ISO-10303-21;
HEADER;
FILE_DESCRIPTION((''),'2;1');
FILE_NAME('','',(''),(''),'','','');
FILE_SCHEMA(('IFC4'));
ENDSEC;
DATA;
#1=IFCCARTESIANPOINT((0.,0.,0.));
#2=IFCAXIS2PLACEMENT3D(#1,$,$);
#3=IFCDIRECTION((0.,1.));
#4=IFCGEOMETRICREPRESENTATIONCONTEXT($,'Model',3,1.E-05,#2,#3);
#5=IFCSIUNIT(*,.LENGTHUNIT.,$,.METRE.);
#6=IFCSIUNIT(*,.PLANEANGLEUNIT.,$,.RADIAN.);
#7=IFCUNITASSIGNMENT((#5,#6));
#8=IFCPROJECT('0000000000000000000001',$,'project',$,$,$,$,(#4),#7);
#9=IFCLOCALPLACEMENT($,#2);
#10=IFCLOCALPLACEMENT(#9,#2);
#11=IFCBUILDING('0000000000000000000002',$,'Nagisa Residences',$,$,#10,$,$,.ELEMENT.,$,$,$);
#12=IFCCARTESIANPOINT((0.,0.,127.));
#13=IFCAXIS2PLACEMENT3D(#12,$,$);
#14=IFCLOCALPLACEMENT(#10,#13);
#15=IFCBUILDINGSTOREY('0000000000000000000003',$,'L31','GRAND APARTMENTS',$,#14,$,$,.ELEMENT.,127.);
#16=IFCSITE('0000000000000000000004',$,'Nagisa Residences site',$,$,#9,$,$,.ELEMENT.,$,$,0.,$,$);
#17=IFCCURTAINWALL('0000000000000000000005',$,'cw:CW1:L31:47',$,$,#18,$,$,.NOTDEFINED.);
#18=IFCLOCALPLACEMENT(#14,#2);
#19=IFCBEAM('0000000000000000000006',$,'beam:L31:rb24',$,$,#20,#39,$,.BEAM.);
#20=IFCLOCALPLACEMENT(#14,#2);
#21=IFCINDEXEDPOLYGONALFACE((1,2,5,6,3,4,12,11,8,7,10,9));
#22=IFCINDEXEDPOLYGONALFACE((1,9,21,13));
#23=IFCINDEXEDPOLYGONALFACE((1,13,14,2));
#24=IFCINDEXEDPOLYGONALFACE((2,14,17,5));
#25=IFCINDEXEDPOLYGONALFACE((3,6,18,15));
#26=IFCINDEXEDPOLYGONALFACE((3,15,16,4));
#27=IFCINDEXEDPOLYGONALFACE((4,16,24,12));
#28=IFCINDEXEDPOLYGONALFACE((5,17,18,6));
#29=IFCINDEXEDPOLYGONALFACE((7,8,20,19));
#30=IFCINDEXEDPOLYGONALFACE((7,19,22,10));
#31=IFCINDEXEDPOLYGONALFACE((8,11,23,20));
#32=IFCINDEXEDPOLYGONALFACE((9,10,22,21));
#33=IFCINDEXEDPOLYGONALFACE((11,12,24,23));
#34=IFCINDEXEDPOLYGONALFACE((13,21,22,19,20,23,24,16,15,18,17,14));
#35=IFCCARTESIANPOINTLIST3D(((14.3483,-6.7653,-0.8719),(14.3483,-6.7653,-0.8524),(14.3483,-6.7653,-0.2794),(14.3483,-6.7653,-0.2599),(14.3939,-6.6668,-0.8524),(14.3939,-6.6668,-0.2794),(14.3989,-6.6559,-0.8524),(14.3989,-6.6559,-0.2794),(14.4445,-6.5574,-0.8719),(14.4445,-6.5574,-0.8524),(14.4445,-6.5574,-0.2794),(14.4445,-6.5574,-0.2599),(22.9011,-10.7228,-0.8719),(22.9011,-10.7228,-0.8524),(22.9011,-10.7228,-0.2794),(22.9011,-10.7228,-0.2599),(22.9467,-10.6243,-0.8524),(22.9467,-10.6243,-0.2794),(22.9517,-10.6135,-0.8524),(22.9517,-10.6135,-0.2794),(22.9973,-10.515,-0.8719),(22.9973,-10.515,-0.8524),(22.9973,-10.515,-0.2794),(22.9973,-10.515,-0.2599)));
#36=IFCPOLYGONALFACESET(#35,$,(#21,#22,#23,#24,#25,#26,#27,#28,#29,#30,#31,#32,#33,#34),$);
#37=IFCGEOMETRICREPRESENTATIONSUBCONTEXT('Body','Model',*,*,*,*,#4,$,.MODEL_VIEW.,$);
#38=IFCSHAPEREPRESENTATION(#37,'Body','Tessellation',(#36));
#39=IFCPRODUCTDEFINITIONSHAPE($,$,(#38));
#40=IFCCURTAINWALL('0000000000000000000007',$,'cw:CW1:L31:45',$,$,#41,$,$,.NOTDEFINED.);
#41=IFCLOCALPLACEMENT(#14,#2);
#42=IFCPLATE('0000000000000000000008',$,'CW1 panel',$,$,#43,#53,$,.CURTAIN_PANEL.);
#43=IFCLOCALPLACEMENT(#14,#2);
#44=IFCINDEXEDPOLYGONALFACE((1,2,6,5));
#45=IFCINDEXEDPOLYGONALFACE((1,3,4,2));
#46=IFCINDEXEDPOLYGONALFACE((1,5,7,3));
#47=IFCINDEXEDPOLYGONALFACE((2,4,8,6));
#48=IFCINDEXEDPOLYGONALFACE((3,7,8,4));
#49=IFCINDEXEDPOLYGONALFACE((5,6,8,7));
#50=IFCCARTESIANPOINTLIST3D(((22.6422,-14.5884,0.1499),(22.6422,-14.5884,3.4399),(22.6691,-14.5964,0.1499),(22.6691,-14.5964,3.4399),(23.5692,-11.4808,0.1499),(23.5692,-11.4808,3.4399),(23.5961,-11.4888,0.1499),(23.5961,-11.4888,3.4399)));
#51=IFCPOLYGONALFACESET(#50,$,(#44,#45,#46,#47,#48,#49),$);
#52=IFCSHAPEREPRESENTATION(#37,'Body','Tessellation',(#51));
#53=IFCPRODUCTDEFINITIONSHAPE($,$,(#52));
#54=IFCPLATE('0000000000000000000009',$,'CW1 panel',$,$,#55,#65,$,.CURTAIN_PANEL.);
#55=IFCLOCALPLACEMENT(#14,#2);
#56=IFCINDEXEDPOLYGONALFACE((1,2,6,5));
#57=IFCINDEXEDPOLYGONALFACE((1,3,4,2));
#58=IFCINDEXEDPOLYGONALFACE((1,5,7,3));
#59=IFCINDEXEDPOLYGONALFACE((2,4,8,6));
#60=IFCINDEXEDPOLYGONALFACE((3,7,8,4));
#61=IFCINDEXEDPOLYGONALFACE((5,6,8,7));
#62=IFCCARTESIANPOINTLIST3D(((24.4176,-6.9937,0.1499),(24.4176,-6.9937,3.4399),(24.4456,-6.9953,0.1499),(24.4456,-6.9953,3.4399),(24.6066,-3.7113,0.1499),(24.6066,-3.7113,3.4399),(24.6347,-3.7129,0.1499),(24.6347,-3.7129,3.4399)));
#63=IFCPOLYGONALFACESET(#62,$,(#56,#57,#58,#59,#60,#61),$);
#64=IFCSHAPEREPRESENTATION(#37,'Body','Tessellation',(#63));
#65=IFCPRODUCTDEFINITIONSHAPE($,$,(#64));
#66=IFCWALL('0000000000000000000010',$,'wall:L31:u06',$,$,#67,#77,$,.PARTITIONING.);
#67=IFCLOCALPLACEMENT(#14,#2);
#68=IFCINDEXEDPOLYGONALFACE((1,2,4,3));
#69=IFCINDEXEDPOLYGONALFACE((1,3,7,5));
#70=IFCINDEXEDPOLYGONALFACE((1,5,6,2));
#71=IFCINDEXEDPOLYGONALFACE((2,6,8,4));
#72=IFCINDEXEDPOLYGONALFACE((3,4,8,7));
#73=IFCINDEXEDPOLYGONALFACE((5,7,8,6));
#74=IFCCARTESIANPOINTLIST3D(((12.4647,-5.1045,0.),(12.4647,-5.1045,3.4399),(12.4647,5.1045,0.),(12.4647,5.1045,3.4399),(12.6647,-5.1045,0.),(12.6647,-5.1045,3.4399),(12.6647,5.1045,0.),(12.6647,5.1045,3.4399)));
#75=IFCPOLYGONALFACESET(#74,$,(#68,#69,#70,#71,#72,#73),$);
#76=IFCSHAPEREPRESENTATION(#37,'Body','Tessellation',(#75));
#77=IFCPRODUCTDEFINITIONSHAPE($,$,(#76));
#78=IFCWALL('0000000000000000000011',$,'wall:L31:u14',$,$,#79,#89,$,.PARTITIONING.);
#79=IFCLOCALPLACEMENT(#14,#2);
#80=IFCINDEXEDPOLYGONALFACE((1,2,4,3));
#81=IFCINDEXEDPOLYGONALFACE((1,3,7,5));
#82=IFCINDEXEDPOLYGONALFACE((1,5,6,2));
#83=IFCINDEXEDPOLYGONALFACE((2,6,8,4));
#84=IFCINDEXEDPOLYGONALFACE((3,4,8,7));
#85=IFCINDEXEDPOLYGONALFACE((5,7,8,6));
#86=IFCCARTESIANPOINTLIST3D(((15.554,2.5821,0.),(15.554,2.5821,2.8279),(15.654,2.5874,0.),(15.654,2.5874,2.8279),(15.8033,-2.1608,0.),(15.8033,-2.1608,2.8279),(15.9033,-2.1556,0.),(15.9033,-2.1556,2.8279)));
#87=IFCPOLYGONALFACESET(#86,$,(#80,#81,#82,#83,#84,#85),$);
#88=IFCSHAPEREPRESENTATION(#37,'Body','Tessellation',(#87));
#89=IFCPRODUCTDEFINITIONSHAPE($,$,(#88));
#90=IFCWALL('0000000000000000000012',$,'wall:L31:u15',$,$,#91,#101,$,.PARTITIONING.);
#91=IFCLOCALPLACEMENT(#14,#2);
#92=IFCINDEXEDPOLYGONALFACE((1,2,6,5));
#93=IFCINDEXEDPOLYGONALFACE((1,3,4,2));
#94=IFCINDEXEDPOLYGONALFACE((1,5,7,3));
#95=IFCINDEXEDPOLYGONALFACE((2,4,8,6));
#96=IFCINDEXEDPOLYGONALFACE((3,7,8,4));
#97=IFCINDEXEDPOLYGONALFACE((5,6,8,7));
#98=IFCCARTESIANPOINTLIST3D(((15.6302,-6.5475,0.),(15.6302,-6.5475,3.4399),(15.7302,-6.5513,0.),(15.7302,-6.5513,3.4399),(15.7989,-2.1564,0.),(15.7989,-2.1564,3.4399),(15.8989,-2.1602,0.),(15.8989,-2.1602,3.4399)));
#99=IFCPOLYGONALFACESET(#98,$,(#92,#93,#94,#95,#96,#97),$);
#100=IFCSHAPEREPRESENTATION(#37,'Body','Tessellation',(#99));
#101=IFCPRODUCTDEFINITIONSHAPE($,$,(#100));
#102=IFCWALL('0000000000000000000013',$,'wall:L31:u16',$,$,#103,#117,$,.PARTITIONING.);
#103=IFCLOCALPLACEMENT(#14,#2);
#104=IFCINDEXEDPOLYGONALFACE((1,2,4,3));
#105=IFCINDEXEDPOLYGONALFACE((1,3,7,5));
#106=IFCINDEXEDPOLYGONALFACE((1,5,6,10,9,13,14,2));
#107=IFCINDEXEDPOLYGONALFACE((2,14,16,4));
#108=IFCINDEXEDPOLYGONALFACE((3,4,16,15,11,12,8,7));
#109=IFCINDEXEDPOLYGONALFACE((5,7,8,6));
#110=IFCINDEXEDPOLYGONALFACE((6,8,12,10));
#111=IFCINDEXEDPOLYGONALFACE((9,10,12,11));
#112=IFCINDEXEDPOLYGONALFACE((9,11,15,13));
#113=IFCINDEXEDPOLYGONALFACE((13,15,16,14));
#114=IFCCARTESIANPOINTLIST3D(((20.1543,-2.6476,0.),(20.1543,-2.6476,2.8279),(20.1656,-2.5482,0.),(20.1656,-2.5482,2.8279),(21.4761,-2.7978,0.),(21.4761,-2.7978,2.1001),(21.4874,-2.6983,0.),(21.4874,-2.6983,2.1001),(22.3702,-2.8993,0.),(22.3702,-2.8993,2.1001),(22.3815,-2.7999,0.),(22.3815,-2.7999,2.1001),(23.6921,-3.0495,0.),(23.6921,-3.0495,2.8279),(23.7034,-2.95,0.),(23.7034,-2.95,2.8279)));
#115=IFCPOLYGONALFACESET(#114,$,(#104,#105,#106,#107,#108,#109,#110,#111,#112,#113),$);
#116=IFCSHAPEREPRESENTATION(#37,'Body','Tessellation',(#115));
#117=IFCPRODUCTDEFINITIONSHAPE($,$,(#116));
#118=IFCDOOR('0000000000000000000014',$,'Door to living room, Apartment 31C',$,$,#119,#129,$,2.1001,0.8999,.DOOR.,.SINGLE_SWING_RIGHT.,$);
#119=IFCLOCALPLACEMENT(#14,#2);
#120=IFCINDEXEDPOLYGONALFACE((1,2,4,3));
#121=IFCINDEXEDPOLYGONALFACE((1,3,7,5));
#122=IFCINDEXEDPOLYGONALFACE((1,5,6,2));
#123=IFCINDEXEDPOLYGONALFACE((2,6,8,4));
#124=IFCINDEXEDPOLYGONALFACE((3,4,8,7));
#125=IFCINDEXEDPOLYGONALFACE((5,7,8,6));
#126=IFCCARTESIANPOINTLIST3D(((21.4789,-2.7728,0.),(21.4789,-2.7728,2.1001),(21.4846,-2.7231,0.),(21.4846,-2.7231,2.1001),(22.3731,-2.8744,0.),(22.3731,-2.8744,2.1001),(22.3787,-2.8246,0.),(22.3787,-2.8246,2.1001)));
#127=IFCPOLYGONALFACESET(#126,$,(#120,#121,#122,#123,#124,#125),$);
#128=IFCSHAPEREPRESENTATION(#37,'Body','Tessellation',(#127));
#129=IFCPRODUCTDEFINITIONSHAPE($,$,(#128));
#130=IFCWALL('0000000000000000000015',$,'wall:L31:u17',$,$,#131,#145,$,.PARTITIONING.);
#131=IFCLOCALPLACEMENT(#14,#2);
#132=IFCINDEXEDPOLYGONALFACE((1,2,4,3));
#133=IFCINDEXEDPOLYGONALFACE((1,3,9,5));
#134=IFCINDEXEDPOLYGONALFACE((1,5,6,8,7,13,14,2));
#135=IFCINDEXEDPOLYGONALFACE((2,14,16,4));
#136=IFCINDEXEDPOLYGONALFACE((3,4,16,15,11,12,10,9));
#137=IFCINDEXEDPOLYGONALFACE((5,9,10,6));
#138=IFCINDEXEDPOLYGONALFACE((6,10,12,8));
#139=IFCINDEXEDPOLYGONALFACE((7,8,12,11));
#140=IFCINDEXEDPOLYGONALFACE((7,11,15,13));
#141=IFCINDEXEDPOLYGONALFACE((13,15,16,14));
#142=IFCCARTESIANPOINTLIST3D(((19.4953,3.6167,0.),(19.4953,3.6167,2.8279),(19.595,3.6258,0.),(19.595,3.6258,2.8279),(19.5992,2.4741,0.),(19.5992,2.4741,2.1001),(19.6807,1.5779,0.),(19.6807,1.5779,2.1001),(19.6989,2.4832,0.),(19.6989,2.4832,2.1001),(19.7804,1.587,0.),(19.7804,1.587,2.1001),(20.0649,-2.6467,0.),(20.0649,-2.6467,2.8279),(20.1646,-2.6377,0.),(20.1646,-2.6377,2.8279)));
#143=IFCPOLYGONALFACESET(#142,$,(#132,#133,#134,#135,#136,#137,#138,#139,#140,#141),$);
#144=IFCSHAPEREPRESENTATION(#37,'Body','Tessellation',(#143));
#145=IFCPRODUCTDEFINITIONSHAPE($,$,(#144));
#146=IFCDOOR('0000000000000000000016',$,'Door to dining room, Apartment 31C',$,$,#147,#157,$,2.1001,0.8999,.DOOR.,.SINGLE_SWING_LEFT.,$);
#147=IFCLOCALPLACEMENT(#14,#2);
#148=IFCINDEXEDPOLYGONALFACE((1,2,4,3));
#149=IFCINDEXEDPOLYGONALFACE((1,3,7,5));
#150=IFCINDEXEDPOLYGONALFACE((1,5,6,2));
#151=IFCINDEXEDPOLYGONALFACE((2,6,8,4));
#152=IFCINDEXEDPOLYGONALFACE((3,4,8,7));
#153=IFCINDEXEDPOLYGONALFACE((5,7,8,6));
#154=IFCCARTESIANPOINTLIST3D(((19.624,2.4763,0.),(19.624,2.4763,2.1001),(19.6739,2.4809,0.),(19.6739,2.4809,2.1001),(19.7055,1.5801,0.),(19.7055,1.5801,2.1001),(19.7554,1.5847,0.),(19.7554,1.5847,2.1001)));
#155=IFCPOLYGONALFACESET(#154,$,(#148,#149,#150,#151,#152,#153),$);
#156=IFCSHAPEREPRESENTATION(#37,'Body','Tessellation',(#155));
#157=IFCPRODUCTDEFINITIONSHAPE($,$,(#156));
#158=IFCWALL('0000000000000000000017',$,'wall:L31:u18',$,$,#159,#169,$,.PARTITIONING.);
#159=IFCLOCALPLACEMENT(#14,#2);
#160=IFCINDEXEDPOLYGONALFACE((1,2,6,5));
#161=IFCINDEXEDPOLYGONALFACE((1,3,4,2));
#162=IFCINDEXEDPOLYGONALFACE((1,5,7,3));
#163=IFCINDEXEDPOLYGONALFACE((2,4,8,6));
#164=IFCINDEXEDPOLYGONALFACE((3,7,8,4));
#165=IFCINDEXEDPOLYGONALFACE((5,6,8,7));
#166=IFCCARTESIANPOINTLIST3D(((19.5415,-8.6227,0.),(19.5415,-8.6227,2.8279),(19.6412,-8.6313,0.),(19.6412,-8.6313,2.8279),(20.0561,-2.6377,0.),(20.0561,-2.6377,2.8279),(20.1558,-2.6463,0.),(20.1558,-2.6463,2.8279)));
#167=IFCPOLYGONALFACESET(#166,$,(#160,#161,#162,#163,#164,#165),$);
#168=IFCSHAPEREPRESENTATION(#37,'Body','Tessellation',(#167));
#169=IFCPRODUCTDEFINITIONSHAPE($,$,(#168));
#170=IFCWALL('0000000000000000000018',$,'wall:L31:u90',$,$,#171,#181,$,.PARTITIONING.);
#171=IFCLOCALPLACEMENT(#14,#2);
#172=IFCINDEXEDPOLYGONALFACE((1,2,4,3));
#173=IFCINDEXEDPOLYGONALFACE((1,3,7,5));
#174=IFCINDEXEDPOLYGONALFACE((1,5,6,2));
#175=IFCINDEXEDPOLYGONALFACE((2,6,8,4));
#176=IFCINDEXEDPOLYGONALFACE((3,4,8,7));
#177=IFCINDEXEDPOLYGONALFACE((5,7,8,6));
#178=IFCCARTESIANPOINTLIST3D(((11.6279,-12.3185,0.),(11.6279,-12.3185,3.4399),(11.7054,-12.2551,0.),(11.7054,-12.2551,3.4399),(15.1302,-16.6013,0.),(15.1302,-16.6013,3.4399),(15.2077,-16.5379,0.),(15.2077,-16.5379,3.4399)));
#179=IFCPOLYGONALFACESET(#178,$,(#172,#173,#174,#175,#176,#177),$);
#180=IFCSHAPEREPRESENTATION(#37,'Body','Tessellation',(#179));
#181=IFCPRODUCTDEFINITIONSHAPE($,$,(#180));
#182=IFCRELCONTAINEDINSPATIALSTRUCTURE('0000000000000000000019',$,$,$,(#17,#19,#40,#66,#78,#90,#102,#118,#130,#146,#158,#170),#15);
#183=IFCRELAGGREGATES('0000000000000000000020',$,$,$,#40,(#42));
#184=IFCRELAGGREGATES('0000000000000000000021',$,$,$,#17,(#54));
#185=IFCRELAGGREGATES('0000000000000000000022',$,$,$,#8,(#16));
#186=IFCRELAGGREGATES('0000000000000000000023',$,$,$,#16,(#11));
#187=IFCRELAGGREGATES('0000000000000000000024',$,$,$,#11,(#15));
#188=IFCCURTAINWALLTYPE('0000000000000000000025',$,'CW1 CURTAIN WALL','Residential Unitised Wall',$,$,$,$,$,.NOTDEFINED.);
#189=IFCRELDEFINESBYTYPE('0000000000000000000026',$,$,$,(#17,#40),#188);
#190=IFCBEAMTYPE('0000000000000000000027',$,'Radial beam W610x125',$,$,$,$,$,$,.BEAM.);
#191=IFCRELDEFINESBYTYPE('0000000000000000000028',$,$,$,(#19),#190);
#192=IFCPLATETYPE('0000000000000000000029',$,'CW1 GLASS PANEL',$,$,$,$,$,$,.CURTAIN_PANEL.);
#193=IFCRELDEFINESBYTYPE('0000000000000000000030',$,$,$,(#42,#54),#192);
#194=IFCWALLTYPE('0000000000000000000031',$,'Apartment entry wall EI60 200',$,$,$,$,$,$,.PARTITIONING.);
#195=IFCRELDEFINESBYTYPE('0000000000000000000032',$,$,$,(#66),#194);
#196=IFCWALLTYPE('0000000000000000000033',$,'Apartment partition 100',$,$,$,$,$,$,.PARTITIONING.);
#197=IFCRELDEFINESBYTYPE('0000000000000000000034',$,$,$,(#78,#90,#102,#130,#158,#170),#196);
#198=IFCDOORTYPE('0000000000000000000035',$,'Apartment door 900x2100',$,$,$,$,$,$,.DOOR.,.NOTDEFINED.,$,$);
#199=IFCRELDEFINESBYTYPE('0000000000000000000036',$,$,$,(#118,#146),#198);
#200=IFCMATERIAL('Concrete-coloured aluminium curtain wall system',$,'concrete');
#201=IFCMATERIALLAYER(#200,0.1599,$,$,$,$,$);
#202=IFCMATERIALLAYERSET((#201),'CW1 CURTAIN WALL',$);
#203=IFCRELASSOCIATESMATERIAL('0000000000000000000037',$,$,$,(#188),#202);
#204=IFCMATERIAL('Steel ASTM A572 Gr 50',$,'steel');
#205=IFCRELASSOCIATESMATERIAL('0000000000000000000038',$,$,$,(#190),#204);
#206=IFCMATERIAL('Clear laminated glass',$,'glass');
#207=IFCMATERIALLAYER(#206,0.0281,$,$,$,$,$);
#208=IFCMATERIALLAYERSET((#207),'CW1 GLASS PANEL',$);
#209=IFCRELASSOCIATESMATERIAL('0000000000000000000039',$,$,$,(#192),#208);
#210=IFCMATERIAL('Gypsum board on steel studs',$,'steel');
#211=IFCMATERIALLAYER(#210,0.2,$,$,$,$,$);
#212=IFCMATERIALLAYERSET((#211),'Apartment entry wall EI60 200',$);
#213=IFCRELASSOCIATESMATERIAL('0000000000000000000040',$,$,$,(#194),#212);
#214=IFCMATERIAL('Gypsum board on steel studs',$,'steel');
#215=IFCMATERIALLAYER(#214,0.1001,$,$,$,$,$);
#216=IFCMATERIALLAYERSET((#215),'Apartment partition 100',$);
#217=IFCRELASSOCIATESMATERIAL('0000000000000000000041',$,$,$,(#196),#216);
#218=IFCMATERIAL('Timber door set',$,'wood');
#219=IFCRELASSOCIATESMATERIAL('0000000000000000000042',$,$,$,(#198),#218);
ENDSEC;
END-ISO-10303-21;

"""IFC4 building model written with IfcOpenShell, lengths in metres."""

from ifc_helpers import new_model, si_unit, direction, frame, frame_2d, origin, origin_2d, place, context, subcontext, project, spatial, rectangle, i_section, extrude, material, layer, layer_set, material_profile, profile_set, type_object, element, fill, aggregate, save


model = new_model("IFC4")

# Units and contexts
model_context = context("Model", 3, precision=1e-05, world=origin(), true_north=direction((0.0, 1.0)))
body_context = subcontext(model_context, "Body", "Model", "MODEL_VIEW")
ifc_project = project(units=[si_unit("LENGTHUNIT", "METRE"), si_unit("PLANEANGLEUNIT", "RADIAN")], contexts=[model_context])

# Site, building, storey
site_placement = place(None, origin())
site = spatial("IfcSite", under=ifc_project, at=site_placement, Name="Nagisa Residences site", CompositionType="ELEMENT", RefElevation=0.0)
building_placement = place(site_placement, origin())
building = spatial("IfcBuilding", under=site, at=building_placement, Name="Nagisa Residences", CompositionType="ELEMENT")
storey_placement = place(building_placement, frame((0.0, 0.0, 127.0)))
storey = spatial("IfcBuildingStorey", under=building, at=storey_placement, Name="L31", Description="GRAND APARTMENTS", CompositionType="ELEMENT", Elevation=127.0)

# Curtain wall
ifc_material_1 = material(Name="Concrete-coloured aluminium curtain wall system", Category="concrete")
ifc_layer_1 = layer(ifc_material_1, 0.1599)
ifc_layer_set_1 = layer_set([ifc_layer_1], Name="CW1 CURTAIN WALL")
curtain_wall_type = type_object("IfcCurtainWallType", Name="CW1 CURTAIN WALL", Description="Residential Unitised Wall", PredefinedType="NOTDEFINED", material=ifc_layer_set_1)
curtain_wall_1_placement = place(storey_placement, origin())
curtain_wall_1 = element("IfcCurtainWall", 1, at=curtain_wall_1_placement, inside=storey, type_object=curtain_wall_type, Name="cw:CW1:L31:47", PredefinedType="NOTDEFINED")

# Beam
ifc_material_2 = material(Name="Steel ASTM A572 Gr 50", Category="steel")
ifc_material_profile_1 = material_profile(ifc_material_2, i_section(OverallWidth=0.229, OverallDepth=0.6121, WebThickness=0.012, FlangeThickness=0.0195, at=origin_2d()), Name="W610x125")
ifc_profile_set_1 = profile_set([ifc_material_profile_1], Name="Steel ASTM A572 Gr 50")
beam_type_1 = type_object("IfcBeamType", Name="Radial beam W610x125", PredefinedType="BEAM", material=ifc_profile_set_1)
beam_1_placement = place(storey_placement, frame((22.9492, -10.6189, -0.5659), z_axis=(-0.907551, 0.419942, 0.0), x_axis=(-0.419942, -0.907551, 0.0)))
element("IfcBeam", 2, at=beam_1_placement, inside=storey, type_object=beam_type_1, Name="beam:L31:rb24", PredefinedType="BEAM", context=body_context, shape_type="SweptSolid", body=[
    extrude(i_section(OverallWidth=0.229, OverallDepth=0.6121, WebThickness=0.012, FlangeThickness=0.0195, at=origin_2d()), origin(), (0.0, 0.0, 1.0), 9.4241),
])

# Curtain wall, plate
curtain_wall_2_placement = place(storey_placement, origin())
curtain_wall_2 = element("IfcCurtainWall", 3, at=curtain_wall_2_placement, inside=storey, type_object=curtain_wall_type, Name="cw:CW1:L31:45", PredefinedType="NOTDEFINED")
ifc_material_3 = material(Name="Clear laminated glass", Category="glass")
ifc_layer_2 = layer(ifc_material_3, 0.0281)
ifc_layer_set_2 = layer_set([ifc_layer_2], Name="CW1 GLASS PANEL")
plate_type = type_object("IfcPlateType", Name="CW1 GLASS PANEL", PredefinedType="CURTAIN_PANEL", material=ifc_layer_set_2)
plate_1_placement = place(storey_placement, frame((23.1191, -13.0386, 0.1499), z_axis=(0.0, 0.0, 1.0), x_axis=(0.28586, 0.958271, 0.0)))
plate_1 = element("IfcPlate", 4, at=plate_1_placement, type_object=plate_type, Name="CW1 panel", PredefinedType="CURTAIN_PANEL", context=body_context, shape_type="SweptSolid", body=[
    extrude(rectangle(XDim=3.2429, YDim=0.0281, at=origin_2d()), origin(), (0.0, 0.0, 1.0), 3.29),
])
aggregate(curtain_wall_2, [plate_1])

# Plate
plate_2_placement = place(storey_placement, frame((24.5261, -5.3533, 0.1499), z_axis=(0.0, 0.0, 1.0), x_axis=(0.057503, 0.998345, 0.0)))
plate_2 = element("IfcPlate", 5, at=plate_2_placement, type_object=plate_type, Name="CW1 panel", PredefinedType="CURTAIN_PANEL", context=body_context, shape_type="SweptSolid", body=[
    extrude(rectangle(XDim=3.2878, YDim=0.0281, at=origin_2d()), origin(), (0.0, 0.0, 1.0), 3.29),
])
aggregate(curtain_wall_1, [plate_2])

# Walls
ifc_material_4 = material(Name="Gypsum board on steel studs", Category="steel")
ifc_layer_3 = layer(ifc_material_4, 0.2)
ifc_layer_set_3 = layer_set([ifc_layer_3], Name="Apartment entry wall EI60 200")
wall_type_1 = type_object("IfcWallType", Name="Apartment entry wall EI60 200", PredefinedType="PARTITIONING", material=ifc_layer_set_3)
wall_1_placement = place(storey_placement, frame((12.5647, -5.1045, 0.0), z_axis=(0.0, 0.0, 1.0), x_axis=(0.0, 1.0, 0.0)))
element("IfcWall", 6, at=wall_1_placement, inside=storey, type_object=wall_type_1, Name="wall:L31:u06", PredefinedType="PARTITIONING", context=body_context, shape_type="SweptSolid", body=[
    extrude(rectangle(XDim=10.209, YDim=0.2, at=frame_2d((5.1045, 0.0))), origin(), (0.0, 0.0, 1.0), 3.4399),
])
ifc_material_5 = material(Name="Gypsum board on steel studs", Category="steel")
ifc_layer_4 = layer(ifc_material_5, 0.1001)
ifc_layer_set_4 = layer_set([ifc_layer_4], Name="Apartment partition 100")
wall_type_2 = type_object("IfcWallType", Name="Apartment partition 100", PredefinedType="PARTITIONING", material=ifc_layer_set_4)
wall_2_placement = place(storey_placement, frame((15.8533, -2.1582, 0.0), z_axis=(0.0, 0.0, 1.0), x_axis=(-0.052483, 0.998622, 0.0)))
element("IfcWall", 7, at=wall_2_placement, inside=storey, type_object=wall_type_2, Name="wall:L31:u14", PredefinedType="PARTITIONING", context=body_context, shape_type="SweptSolid", body=[
    extrude(rectangle(XDim=4.7495, YDim=0.1001, at=frame_2d((2.3748, 0.0))), origin(), (0.0, 0.0, 1.0), 2.8279),
])
wall_3_placement = place(storey_placement, frame((15.8489, -2.1582, 0.0), z_axis=(0.0, 0.0, 1.0), x_axis=(-0.03839, -0.999263, 0.0)))
element("IfcWall", 8, at=wall_3_placement, inside=storey, type_object=wall_type_2, Name="wall:L31:u15", PredefinedType="PARTITIONING", context=body_context, shape_type="SweptSolid", body=[
    extrude(rectangle(XDim=4.3943, YDim=0.1001, at=frame_2d((2.1973, 0.0))), origin(), (0.0, 0.0, 1.0), 3.4399),
])

# Walls, openings, doors
wall_4_placement = place(storey_placement, frame((20.1599, -2.5979, 0.0), z_axis=(0.0, 0.0, 1.0), x_axis=(0.993611, -0.112862, 0.0)))
wall_4 = element("IfcWall", 9, at=wall_4_placement, inside=storey, type_object=wall_type_2, Name="wall:L31:u16", PredefinedType="PARTITIONING", context=body_context, shape_type="SweptSolid", body=[
    extrude(rectangle(XDim=3.5605, YDim=0.1001, at=frame_2d((1.7803, 0.0))), origin(), (0.0, 0.0, 1.0), 2.8279),
])
opening_1_placement = place(wall_4_placement, frame((1.3303, 0.0, 0.0)))
opening_1 = element("IfcOpeningElement", 10, at=opening_1_placement, cuts=wall_4, PredefinedType="OPENING", context=body_context, shape_type="SweptSolid", body=[
    extrude(rectangle(XDim=0.8999, YDim=2.1001, at=frame_2d((0.45, 1.05))), frame((0.0, 0.0601, 0.0), z_axis=(0.0, -1.0, 0.0), x_axis=(1.0, 0.0, 0.0)), (0.0, 0.0, 1.0), 0.1201),
])
ifc_material_6 = material(Name="Timber door set", Category="wood")
door_type_1 = type_object("IfcDoorType", Name="Apartment door 900x2100", OperationType="NOTDEFINED", PredefinedType="DOOR", material=ifc_material_6)
door_1_placement = place(opening_1_placement, frame((0.8999, 0.0, 0.0), x_axis=(-1.0, 0.0, 0.0)))
door_1 = element("IfcDoor", 11, at=door_1_placement, inside=storey, type_object=door_type_1, Name="Door to living room, Apartment 31C", OperationType="SINGLE_SWING_RIGHT", OverallHeight=2.1001, OverallWidth=0.8999, PredefinedType="DOOR", context=body_context, shape_type="SweptSolid", body=[
    extrude(rectangle(XDim=0.8999, YDim=2.1001, at=frame_2d((0.45, 1.05))), frame((0.0, 0.0249, 0.0), z_axis=(0.0, -1.0, 0.0), x_axis=(1.0, 0.0, 0.0)), (0.0, 0.0, 1.0), 0.05),
])
fill(opening_1, door_1)
wall_5_placement = place(storey_placement, frame((20.1147, -2.6421, 0.0), z_axis=(0.0, 0.0, 1.0), x_axis=(-0.090564, 0.995891, 0.0)))
wall_5 = element("IfcWall", 12, at=wall_5_placement, inside=storey, type_object=wall_type_2, Name="wall:L31:u17", PredefinedType="PARTITIONING", context=body_context, shape_type="SweptSolid", body=[
    extrude(rectangle(XDim=6.2893, YDim=0.1001, at=frame_2d((3.1445, 0.0))), origin(), (0.0, 0.0, 1.0), 2.8279),
])
opening_2_placement = place(wall_5_placement, frame((4.2419, 0.0, 0.0)))
opening_2 = element("IfcOpeningElement", 13, at=opening_2_placement, cuts=wall_5, PredefinedType="OPENING", context=body_context, shape_type="SweptSolid", body=[
    extrude(rectangle(XDim=0.8999, YDim=2.1001, at=frame_2d((0.45, 1.05))), frame((0.0, 0.0601, 0.0), z_axis=(0.0, -1.0, 0.0), x_axis=(1.0, 0.0, 0.0)), (0.0, 0.0, 1.0), 0.1201),
])
door_2_placement = place(opening_2_placement, frame((0.8999, 0.0, 0.0), x_axis=(-1.0, 0.0, 0.0)))
door_2 = element("IfcDoor", 14, at=door_2_placement, inside=storey, type_object=door_type_1, Name="Door to dining room, Apartment 31C", OperationType="SINGLE_SWING_LEFT", OverallHeight=2.1001, OverallWidth=0.8999, PredefinedType="DOOR", context=body_context, shape_type="SweptSolid", body=[
    extrude(rectangle(XDim=0.8999, YDim=2.1001, at=frame_2d((0.45, 1.05))), frame((0.0, 0.0249, 0.0), z_axis=(0.0, -1.0, 0.0), x_axis=(1.0, 0.0, 0.0)), (0.0, 0.0, 1.0), 0.05),
])
fill(opening_2, door_2)

# Walls
wall_6_placement = place(storey_placement, frame((20.106, -2.6421, 0.0), z_axis=(0.0, 0.0, 1.0), x_axis=(-0.085672, -0.996323, 0.0)))
element("IfcWall", 15, at=wall_6_placement, inside=storey, type_object=wall_type_2, Name="wall:L31:u18", PredefinedType="PARTITIONING", context=body_context, shape_type="SweptSolid", body=[
    extrude(rectangle(XDim=6.0071, YDim=0.1001, at=frame_2d((3.0034, 0.0))), origin(), (0.0, 0.0, 1.0), 2.8279),
])
wall_7_placement = place(storey_placement, frame((11.6667, -12.2869, 0.0), z_axis=(0.0, 0.0, 1.0), x_axis=(0.633038, -0.77412, 0.0)))
element("IfcWall", 16, at=wall_7_placement, inside=storey, type_object=wall_type_2, Name="wall:L31:u90", PredefinedType="PARTITIONING", context=body_context, shape_type="SweptSolid", body=[
    extrude(rectangle(XDim=5.5325, YDim=0.1001, at=frame_2d((2.7661, 0.0))), origin(), (0.0, 0.0, 1.0), 3.4399),
])

save(model, "model.ifc")
